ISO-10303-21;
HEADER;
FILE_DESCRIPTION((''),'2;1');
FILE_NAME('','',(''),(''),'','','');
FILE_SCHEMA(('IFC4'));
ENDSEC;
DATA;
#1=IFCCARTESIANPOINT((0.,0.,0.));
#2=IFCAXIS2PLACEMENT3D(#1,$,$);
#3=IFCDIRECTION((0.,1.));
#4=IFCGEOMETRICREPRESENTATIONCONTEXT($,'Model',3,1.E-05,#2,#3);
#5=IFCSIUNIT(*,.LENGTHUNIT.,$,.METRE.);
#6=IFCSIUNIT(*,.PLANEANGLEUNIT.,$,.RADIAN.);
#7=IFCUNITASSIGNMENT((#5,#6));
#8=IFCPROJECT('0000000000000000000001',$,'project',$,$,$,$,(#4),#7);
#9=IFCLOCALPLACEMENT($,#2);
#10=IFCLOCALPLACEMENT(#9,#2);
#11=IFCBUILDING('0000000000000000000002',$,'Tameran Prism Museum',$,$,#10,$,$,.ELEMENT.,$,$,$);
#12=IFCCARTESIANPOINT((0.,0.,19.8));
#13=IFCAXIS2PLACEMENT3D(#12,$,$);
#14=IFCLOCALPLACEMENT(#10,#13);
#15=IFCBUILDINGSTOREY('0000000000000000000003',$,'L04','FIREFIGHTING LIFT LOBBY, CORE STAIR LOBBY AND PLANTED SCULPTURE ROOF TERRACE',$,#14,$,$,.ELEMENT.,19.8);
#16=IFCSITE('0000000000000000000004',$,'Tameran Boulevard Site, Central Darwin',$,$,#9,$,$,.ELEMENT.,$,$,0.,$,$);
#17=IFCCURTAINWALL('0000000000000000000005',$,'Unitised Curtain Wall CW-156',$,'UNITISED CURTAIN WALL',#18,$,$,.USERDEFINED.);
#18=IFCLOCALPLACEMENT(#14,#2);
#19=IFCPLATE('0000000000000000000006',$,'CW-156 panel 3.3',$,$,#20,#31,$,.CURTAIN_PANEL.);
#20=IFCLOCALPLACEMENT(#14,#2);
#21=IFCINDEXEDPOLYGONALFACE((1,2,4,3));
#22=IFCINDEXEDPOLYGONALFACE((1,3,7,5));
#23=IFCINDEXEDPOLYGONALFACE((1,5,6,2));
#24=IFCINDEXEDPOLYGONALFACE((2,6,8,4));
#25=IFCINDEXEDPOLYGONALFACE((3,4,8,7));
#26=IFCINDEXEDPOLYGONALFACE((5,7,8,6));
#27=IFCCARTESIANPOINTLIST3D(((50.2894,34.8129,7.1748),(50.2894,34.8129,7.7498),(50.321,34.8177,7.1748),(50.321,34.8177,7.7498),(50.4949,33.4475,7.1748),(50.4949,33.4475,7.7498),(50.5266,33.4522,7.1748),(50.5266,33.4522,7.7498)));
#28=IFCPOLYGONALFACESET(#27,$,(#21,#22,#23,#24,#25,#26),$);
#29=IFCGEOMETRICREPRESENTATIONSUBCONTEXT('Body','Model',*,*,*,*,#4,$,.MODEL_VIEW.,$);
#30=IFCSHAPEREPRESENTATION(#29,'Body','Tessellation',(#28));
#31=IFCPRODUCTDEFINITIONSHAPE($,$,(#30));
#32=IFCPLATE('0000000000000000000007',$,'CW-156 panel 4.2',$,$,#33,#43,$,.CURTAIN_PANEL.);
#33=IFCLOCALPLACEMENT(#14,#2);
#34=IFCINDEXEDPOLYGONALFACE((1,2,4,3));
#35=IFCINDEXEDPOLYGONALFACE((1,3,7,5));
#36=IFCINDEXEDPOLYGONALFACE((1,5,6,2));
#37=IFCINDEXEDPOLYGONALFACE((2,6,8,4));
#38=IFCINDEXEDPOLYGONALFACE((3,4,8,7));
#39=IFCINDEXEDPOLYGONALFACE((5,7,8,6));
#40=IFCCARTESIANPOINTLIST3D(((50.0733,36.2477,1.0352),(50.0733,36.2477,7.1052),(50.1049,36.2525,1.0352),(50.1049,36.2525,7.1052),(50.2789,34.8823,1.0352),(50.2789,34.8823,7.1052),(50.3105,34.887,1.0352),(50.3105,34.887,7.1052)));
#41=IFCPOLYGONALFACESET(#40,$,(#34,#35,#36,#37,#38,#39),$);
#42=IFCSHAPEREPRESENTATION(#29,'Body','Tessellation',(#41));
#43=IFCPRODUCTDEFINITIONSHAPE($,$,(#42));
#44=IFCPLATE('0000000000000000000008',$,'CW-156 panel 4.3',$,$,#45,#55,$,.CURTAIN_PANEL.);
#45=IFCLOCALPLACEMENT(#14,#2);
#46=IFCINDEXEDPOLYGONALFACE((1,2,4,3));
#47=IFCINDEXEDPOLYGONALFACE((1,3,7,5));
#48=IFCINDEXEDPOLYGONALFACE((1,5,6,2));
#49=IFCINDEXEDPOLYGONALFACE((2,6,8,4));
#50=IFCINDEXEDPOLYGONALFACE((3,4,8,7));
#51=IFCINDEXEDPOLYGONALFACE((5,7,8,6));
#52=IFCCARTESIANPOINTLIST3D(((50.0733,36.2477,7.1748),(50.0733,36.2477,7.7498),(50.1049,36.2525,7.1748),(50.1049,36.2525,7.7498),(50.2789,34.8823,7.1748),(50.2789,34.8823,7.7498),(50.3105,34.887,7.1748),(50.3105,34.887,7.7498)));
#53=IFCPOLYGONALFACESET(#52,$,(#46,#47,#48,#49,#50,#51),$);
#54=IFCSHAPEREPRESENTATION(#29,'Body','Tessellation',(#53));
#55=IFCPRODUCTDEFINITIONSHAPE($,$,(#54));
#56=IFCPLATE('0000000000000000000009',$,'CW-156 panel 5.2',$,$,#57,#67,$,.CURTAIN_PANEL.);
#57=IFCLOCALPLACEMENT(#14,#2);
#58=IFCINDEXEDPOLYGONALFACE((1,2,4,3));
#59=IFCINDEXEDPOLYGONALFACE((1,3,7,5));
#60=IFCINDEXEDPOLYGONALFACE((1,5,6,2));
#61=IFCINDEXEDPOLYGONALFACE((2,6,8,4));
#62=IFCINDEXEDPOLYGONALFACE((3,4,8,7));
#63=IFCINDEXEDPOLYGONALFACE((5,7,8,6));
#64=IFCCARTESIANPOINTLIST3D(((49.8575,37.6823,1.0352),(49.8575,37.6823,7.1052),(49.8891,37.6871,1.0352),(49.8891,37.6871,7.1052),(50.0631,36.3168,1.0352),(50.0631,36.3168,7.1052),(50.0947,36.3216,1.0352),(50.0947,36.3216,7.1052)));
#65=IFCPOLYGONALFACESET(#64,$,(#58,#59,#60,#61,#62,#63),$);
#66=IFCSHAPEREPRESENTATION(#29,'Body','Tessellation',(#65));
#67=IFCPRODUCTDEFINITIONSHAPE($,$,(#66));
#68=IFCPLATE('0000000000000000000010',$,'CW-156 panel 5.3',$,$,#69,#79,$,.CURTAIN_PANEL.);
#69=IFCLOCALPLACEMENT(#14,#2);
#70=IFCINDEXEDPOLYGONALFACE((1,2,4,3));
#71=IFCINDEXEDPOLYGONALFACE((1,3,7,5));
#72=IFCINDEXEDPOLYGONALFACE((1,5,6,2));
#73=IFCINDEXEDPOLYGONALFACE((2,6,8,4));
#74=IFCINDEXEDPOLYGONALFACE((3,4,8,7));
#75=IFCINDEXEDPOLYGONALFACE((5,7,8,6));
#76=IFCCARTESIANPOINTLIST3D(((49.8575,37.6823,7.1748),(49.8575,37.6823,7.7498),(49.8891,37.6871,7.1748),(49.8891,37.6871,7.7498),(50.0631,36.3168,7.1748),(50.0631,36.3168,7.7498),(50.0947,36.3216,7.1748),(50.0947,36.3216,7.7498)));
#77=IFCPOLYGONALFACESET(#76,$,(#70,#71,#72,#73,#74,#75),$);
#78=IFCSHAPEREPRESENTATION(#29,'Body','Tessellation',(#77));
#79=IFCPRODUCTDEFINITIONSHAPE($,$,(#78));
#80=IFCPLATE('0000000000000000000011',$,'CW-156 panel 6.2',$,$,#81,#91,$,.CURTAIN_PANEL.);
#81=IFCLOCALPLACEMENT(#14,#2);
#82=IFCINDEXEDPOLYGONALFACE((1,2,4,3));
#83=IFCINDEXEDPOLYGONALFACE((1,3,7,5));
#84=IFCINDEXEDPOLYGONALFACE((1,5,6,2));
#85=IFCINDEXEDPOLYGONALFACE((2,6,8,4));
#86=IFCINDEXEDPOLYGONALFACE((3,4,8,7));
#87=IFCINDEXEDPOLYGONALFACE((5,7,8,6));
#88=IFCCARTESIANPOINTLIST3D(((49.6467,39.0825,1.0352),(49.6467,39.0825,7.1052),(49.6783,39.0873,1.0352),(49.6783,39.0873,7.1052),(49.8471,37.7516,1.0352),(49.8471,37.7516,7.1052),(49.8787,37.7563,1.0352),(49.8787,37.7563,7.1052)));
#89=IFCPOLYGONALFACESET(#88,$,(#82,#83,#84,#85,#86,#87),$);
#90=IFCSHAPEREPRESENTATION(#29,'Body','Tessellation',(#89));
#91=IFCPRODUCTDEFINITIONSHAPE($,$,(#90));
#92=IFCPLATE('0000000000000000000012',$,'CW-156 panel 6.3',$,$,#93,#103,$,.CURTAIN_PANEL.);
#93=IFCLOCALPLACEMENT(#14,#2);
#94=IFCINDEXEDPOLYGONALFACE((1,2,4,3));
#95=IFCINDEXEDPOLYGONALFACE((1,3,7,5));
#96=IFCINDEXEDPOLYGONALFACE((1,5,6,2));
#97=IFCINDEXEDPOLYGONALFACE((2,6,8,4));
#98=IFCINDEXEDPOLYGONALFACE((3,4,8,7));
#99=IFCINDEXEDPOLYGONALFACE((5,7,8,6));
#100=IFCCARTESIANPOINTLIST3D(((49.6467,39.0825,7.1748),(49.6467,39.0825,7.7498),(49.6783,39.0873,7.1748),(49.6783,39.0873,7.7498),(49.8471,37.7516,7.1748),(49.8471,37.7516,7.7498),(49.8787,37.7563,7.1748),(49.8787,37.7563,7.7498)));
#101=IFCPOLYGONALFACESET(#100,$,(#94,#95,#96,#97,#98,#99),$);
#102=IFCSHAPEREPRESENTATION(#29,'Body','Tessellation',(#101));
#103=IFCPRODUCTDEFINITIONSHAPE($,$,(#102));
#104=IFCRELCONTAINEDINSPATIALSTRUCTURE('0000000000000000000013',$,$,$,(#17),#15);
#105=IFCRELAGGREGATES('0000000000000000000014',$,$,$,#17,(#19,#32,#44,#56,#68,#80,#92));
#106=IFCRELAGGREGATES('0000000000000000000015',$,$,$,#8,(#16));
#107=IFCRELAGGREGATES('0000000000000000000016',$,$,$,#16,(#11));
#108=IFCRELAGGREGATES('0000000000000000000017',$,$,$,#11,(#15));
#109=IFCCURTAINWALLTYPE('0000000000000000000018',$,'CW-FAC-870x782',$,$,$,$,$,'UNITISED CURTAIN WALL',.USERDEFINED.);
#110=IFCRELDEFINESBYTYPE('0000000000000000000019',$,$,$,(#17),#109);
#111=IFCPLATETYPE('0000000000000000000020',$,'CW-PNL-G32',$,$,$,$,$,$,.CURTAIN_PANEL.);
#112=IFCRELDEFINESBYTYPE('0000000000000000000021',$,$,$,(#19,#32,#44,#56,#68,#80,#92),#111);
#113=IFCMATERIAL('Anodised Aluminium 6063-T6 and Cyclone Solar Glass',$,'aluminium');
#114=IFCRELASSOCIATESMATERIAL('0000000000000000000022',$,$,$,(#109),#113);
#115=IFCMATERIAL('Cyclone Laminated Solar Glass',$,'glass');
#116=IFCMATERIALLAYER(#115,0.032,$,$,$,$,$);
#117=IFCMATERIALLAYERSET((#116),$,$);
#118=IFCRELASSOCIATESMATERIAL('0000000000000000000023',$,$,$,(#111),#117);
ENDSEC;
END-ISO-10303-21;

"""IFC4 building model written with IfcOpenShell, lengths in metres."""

from ifc_helpers import new_model, si_unit, direction, frame, origin, origin_2d, place, context, subcontext, project, spatial, rectangle, extrude, material, layer, layer_set, type_object, element, aggregate, save


model = new_model("IFC4")

# Units and contexts
model_context = context("Model", 3, precision=1e-05, world=origin(), true_north=direction((0.0, 1.0)))
body_context = subcontext(model_context, "Body", "Model", "MODEL_VIEW")
ifc_project = project(units=[si_unit("LENGTHUNIT", "METRE"), si_unit("PLANEANGLEUNIT", "RADIAN")], contexts=[model_context])

# Site, building, storey
site_placement = place(None, origin())
site = spatial("IfcSite", under=ifc_project, at=site_placement, Name="Tameran Boulevard Site, Central Darwin", CompositionType="ELEMENT", RefElevation=0.0)
building_placement = place(site_placement, origin())
building = spatial("IfcBuilding", under=site, at=building_placement, Name="Tameran Prism Museum", CompositionType="ELEMENT")
storey_placement = place(building_placement, frame((0.0, 0.0, 19.8)))
storey = spatial("IfcBuildingStorey", under=building, at=storey_placement, Name="L04", Description="FIREFIGHTING LIFT LOBBY, CORE STAIR LOBBY AND PLANTED SCULPTURE ROOF TERRACE", CompositionType="ELEMENT", Elevation=19.8)

# Curtain wall, plates
ifc_material_1 = material(Name="Anodised Aluminium 6063-T6 and Cyclone Solar Glass", Category="aluminium")
curtain_wall_type_1 = type_object("IfcCurtainWallType", Name="CW-FAC-870x782", ElementType="UNITISED CURTAIN WALL", PredefinedType="USERDEFINED", material=ifc_material_1)
curtain_wall_1_placement = place(storey_placement, origin())
curtain_wall_1 = element("IfcCurtainWall", 1, at=curtain_wall_1_placement, inside=storey, type_object=curtain_wall_type_1, Name="Unitised Curtain Wall CW-156", ObjectType="UNITISED CURTAIN WALL", PredefinedType="USERDEFINED")
ifc_material_2 = material(Name="Cyclone Laminated Solar Glass", Category="glass")
ifc_layer = layer(ifc_material_2, 0.032)
ifc_layer_set = layer_set([ifc_layer])
plate_type = type_object("IfcPlateType", Name="CW-PNL-G32", PredefinedType="CURTAIN_PANEL", material=ifc_layer_set)
plate_1_placement = place(storey_placement, frame((50.408, 34.1326, 7.1748), z_axis=(0.0, 0.0, 1.0), x_axis=(-0.14888, 0.988855, 0.0)))
plate_1 = element("IfcPlate", 2, at=plate_1_placement, type_object=plate_type, Name="CW-156 panel 3.3", PredefinedType="CURTAIN_PANEL", context=body_context, shape_type="SweptSolid", body=[
    extrude(rectangle(XDim=1.3809, YDim=0.032, at=origin_2d()), origin(), (0.0, 0.0, 1.0), 0.575),
])
plate_2_placement = place(storey_placement, frame((50.1919, 35.5674, 1.0352), z_axis=(0.0, 0.0, 1.0), x_axis=(-0.14888, 0.988855, 0.0)))
plate_2 = element("IfcPlate", 3, at=plate_2_placement, type_object=plate_type, Name="CW-156 panel 4.2", PredefinedType="CURTAIN_PANEL", context=body_context, shape_type="SweptSolid", body=[
    extrude(rectangle(XDim=1.3809, YDim=0.032, at=origin_2d()), origin(), (0.0, 0.0, 1.0), 6.0701),
])
plate_3_placement = place(storey_placement, frame((50.1919, 35.5674, 7.1748), z_axis=(0.0, 0.0, 1.0), x_axis=(-0.14888, 0.988855, 0.0)))
plate_3 = element("IfcPlate", 4, at=plate_3_placement, type_object=plate_type, Name="CW-156 panel 4.3", PredefinedType="CURTAIN_PANEL", context=body_context, shape_type="SweptSolid", body=[
    extrude(rectangle(XDim=1.3809, YDim=0.032, at=origin_2d()), origin(), (0.0, 0.0, 1.0), 0.575),
])
plate_4_placement = place(storey_placement, frame((49.9761, 37.002, 1.0352), z_axis=(0.0, 0.0, 1.0), x_axis=(-0.14888, 0.988855, 0.0)))
plate_4 = element("IfcPlate", 5, at=plate_4_placement, type_object=plate_type, Name="CW-156 panel 5.2", PredefinedType="CURTAIN_PANEL", context=body_context, shape_type="SweptSolid", body=[
    extrude(rectangle(XDim=1.3809, YDim=0.032, at=origin_2d()), origin(), (0.0, 0.0, 1.0), 6.0701),
])
plate_5_placement = place(storey_placement, frame((49.9761, 37.002, 7.1748), z_axis=(0.0, 0.0, 1.0), x_axis=(-0.14888, 0.988855, 0.0)))
plate_5 = element("IfcPlate", 6, at=plate_5_placement, type_object=plate_type, Name="CW-156 panel 5.3", PredefinedType="CURTAIN_PANEL", context=body_context, shape_type="SweptSolid", body=[
    extrude(rectangle(XDim=1.3809, YDim=0.032, at=origin_2d()), origin(), (0.0, 0.0, 1.0), 0.575),
])
plate_6_placement = place(storey_placement, frame((49.7627, 38.4194, 1.0352), z_axis=(0.0, 0.0, 1.0), x_axis=(-0.14888, 0.988855, 0.0)))
plate_6 = element("IfcPlate", 7, at=plate_6_placement, type_object=plate_type, Name="CW-156 panel 6.2", PredefinedType="CURTAIN_PANEL", context=body_context, shape_type="SweptSolid", body=[
    extrude(rectangle(XDim=1.3459, YDim=0.032, at=origin_2d()), origin(), (0.0, 0.0, 1.0), 6.0701),
])
plate_7_placement = place(storey_placement, frame((49.7627, 38.4194, 7.1748), z_axis=(0.0, 0.0, 1.0), x_axis=(-0.14888, 0.988855, 0.0)))
plate_7 = element("IfcPlate", 8, at=plate_7_placement, type_object=plate_type, Name="CW-156 panel 6.3", PredefinedType="CURTAIN_PANEL", context=body_context, shape_type="SweptSolid", body=[
    extrude(rectangle(XDim=1.3459, YDim=0.032, at=origin_2d()), origin(), (0.0, 0.0, 1.0), 0.575),
])
aggregate(curtain_wall_1, [plate_1, plate_2, plate_3, plate_4, plate_5, plate_6, plate_7])

save(model, "model.ifc")
